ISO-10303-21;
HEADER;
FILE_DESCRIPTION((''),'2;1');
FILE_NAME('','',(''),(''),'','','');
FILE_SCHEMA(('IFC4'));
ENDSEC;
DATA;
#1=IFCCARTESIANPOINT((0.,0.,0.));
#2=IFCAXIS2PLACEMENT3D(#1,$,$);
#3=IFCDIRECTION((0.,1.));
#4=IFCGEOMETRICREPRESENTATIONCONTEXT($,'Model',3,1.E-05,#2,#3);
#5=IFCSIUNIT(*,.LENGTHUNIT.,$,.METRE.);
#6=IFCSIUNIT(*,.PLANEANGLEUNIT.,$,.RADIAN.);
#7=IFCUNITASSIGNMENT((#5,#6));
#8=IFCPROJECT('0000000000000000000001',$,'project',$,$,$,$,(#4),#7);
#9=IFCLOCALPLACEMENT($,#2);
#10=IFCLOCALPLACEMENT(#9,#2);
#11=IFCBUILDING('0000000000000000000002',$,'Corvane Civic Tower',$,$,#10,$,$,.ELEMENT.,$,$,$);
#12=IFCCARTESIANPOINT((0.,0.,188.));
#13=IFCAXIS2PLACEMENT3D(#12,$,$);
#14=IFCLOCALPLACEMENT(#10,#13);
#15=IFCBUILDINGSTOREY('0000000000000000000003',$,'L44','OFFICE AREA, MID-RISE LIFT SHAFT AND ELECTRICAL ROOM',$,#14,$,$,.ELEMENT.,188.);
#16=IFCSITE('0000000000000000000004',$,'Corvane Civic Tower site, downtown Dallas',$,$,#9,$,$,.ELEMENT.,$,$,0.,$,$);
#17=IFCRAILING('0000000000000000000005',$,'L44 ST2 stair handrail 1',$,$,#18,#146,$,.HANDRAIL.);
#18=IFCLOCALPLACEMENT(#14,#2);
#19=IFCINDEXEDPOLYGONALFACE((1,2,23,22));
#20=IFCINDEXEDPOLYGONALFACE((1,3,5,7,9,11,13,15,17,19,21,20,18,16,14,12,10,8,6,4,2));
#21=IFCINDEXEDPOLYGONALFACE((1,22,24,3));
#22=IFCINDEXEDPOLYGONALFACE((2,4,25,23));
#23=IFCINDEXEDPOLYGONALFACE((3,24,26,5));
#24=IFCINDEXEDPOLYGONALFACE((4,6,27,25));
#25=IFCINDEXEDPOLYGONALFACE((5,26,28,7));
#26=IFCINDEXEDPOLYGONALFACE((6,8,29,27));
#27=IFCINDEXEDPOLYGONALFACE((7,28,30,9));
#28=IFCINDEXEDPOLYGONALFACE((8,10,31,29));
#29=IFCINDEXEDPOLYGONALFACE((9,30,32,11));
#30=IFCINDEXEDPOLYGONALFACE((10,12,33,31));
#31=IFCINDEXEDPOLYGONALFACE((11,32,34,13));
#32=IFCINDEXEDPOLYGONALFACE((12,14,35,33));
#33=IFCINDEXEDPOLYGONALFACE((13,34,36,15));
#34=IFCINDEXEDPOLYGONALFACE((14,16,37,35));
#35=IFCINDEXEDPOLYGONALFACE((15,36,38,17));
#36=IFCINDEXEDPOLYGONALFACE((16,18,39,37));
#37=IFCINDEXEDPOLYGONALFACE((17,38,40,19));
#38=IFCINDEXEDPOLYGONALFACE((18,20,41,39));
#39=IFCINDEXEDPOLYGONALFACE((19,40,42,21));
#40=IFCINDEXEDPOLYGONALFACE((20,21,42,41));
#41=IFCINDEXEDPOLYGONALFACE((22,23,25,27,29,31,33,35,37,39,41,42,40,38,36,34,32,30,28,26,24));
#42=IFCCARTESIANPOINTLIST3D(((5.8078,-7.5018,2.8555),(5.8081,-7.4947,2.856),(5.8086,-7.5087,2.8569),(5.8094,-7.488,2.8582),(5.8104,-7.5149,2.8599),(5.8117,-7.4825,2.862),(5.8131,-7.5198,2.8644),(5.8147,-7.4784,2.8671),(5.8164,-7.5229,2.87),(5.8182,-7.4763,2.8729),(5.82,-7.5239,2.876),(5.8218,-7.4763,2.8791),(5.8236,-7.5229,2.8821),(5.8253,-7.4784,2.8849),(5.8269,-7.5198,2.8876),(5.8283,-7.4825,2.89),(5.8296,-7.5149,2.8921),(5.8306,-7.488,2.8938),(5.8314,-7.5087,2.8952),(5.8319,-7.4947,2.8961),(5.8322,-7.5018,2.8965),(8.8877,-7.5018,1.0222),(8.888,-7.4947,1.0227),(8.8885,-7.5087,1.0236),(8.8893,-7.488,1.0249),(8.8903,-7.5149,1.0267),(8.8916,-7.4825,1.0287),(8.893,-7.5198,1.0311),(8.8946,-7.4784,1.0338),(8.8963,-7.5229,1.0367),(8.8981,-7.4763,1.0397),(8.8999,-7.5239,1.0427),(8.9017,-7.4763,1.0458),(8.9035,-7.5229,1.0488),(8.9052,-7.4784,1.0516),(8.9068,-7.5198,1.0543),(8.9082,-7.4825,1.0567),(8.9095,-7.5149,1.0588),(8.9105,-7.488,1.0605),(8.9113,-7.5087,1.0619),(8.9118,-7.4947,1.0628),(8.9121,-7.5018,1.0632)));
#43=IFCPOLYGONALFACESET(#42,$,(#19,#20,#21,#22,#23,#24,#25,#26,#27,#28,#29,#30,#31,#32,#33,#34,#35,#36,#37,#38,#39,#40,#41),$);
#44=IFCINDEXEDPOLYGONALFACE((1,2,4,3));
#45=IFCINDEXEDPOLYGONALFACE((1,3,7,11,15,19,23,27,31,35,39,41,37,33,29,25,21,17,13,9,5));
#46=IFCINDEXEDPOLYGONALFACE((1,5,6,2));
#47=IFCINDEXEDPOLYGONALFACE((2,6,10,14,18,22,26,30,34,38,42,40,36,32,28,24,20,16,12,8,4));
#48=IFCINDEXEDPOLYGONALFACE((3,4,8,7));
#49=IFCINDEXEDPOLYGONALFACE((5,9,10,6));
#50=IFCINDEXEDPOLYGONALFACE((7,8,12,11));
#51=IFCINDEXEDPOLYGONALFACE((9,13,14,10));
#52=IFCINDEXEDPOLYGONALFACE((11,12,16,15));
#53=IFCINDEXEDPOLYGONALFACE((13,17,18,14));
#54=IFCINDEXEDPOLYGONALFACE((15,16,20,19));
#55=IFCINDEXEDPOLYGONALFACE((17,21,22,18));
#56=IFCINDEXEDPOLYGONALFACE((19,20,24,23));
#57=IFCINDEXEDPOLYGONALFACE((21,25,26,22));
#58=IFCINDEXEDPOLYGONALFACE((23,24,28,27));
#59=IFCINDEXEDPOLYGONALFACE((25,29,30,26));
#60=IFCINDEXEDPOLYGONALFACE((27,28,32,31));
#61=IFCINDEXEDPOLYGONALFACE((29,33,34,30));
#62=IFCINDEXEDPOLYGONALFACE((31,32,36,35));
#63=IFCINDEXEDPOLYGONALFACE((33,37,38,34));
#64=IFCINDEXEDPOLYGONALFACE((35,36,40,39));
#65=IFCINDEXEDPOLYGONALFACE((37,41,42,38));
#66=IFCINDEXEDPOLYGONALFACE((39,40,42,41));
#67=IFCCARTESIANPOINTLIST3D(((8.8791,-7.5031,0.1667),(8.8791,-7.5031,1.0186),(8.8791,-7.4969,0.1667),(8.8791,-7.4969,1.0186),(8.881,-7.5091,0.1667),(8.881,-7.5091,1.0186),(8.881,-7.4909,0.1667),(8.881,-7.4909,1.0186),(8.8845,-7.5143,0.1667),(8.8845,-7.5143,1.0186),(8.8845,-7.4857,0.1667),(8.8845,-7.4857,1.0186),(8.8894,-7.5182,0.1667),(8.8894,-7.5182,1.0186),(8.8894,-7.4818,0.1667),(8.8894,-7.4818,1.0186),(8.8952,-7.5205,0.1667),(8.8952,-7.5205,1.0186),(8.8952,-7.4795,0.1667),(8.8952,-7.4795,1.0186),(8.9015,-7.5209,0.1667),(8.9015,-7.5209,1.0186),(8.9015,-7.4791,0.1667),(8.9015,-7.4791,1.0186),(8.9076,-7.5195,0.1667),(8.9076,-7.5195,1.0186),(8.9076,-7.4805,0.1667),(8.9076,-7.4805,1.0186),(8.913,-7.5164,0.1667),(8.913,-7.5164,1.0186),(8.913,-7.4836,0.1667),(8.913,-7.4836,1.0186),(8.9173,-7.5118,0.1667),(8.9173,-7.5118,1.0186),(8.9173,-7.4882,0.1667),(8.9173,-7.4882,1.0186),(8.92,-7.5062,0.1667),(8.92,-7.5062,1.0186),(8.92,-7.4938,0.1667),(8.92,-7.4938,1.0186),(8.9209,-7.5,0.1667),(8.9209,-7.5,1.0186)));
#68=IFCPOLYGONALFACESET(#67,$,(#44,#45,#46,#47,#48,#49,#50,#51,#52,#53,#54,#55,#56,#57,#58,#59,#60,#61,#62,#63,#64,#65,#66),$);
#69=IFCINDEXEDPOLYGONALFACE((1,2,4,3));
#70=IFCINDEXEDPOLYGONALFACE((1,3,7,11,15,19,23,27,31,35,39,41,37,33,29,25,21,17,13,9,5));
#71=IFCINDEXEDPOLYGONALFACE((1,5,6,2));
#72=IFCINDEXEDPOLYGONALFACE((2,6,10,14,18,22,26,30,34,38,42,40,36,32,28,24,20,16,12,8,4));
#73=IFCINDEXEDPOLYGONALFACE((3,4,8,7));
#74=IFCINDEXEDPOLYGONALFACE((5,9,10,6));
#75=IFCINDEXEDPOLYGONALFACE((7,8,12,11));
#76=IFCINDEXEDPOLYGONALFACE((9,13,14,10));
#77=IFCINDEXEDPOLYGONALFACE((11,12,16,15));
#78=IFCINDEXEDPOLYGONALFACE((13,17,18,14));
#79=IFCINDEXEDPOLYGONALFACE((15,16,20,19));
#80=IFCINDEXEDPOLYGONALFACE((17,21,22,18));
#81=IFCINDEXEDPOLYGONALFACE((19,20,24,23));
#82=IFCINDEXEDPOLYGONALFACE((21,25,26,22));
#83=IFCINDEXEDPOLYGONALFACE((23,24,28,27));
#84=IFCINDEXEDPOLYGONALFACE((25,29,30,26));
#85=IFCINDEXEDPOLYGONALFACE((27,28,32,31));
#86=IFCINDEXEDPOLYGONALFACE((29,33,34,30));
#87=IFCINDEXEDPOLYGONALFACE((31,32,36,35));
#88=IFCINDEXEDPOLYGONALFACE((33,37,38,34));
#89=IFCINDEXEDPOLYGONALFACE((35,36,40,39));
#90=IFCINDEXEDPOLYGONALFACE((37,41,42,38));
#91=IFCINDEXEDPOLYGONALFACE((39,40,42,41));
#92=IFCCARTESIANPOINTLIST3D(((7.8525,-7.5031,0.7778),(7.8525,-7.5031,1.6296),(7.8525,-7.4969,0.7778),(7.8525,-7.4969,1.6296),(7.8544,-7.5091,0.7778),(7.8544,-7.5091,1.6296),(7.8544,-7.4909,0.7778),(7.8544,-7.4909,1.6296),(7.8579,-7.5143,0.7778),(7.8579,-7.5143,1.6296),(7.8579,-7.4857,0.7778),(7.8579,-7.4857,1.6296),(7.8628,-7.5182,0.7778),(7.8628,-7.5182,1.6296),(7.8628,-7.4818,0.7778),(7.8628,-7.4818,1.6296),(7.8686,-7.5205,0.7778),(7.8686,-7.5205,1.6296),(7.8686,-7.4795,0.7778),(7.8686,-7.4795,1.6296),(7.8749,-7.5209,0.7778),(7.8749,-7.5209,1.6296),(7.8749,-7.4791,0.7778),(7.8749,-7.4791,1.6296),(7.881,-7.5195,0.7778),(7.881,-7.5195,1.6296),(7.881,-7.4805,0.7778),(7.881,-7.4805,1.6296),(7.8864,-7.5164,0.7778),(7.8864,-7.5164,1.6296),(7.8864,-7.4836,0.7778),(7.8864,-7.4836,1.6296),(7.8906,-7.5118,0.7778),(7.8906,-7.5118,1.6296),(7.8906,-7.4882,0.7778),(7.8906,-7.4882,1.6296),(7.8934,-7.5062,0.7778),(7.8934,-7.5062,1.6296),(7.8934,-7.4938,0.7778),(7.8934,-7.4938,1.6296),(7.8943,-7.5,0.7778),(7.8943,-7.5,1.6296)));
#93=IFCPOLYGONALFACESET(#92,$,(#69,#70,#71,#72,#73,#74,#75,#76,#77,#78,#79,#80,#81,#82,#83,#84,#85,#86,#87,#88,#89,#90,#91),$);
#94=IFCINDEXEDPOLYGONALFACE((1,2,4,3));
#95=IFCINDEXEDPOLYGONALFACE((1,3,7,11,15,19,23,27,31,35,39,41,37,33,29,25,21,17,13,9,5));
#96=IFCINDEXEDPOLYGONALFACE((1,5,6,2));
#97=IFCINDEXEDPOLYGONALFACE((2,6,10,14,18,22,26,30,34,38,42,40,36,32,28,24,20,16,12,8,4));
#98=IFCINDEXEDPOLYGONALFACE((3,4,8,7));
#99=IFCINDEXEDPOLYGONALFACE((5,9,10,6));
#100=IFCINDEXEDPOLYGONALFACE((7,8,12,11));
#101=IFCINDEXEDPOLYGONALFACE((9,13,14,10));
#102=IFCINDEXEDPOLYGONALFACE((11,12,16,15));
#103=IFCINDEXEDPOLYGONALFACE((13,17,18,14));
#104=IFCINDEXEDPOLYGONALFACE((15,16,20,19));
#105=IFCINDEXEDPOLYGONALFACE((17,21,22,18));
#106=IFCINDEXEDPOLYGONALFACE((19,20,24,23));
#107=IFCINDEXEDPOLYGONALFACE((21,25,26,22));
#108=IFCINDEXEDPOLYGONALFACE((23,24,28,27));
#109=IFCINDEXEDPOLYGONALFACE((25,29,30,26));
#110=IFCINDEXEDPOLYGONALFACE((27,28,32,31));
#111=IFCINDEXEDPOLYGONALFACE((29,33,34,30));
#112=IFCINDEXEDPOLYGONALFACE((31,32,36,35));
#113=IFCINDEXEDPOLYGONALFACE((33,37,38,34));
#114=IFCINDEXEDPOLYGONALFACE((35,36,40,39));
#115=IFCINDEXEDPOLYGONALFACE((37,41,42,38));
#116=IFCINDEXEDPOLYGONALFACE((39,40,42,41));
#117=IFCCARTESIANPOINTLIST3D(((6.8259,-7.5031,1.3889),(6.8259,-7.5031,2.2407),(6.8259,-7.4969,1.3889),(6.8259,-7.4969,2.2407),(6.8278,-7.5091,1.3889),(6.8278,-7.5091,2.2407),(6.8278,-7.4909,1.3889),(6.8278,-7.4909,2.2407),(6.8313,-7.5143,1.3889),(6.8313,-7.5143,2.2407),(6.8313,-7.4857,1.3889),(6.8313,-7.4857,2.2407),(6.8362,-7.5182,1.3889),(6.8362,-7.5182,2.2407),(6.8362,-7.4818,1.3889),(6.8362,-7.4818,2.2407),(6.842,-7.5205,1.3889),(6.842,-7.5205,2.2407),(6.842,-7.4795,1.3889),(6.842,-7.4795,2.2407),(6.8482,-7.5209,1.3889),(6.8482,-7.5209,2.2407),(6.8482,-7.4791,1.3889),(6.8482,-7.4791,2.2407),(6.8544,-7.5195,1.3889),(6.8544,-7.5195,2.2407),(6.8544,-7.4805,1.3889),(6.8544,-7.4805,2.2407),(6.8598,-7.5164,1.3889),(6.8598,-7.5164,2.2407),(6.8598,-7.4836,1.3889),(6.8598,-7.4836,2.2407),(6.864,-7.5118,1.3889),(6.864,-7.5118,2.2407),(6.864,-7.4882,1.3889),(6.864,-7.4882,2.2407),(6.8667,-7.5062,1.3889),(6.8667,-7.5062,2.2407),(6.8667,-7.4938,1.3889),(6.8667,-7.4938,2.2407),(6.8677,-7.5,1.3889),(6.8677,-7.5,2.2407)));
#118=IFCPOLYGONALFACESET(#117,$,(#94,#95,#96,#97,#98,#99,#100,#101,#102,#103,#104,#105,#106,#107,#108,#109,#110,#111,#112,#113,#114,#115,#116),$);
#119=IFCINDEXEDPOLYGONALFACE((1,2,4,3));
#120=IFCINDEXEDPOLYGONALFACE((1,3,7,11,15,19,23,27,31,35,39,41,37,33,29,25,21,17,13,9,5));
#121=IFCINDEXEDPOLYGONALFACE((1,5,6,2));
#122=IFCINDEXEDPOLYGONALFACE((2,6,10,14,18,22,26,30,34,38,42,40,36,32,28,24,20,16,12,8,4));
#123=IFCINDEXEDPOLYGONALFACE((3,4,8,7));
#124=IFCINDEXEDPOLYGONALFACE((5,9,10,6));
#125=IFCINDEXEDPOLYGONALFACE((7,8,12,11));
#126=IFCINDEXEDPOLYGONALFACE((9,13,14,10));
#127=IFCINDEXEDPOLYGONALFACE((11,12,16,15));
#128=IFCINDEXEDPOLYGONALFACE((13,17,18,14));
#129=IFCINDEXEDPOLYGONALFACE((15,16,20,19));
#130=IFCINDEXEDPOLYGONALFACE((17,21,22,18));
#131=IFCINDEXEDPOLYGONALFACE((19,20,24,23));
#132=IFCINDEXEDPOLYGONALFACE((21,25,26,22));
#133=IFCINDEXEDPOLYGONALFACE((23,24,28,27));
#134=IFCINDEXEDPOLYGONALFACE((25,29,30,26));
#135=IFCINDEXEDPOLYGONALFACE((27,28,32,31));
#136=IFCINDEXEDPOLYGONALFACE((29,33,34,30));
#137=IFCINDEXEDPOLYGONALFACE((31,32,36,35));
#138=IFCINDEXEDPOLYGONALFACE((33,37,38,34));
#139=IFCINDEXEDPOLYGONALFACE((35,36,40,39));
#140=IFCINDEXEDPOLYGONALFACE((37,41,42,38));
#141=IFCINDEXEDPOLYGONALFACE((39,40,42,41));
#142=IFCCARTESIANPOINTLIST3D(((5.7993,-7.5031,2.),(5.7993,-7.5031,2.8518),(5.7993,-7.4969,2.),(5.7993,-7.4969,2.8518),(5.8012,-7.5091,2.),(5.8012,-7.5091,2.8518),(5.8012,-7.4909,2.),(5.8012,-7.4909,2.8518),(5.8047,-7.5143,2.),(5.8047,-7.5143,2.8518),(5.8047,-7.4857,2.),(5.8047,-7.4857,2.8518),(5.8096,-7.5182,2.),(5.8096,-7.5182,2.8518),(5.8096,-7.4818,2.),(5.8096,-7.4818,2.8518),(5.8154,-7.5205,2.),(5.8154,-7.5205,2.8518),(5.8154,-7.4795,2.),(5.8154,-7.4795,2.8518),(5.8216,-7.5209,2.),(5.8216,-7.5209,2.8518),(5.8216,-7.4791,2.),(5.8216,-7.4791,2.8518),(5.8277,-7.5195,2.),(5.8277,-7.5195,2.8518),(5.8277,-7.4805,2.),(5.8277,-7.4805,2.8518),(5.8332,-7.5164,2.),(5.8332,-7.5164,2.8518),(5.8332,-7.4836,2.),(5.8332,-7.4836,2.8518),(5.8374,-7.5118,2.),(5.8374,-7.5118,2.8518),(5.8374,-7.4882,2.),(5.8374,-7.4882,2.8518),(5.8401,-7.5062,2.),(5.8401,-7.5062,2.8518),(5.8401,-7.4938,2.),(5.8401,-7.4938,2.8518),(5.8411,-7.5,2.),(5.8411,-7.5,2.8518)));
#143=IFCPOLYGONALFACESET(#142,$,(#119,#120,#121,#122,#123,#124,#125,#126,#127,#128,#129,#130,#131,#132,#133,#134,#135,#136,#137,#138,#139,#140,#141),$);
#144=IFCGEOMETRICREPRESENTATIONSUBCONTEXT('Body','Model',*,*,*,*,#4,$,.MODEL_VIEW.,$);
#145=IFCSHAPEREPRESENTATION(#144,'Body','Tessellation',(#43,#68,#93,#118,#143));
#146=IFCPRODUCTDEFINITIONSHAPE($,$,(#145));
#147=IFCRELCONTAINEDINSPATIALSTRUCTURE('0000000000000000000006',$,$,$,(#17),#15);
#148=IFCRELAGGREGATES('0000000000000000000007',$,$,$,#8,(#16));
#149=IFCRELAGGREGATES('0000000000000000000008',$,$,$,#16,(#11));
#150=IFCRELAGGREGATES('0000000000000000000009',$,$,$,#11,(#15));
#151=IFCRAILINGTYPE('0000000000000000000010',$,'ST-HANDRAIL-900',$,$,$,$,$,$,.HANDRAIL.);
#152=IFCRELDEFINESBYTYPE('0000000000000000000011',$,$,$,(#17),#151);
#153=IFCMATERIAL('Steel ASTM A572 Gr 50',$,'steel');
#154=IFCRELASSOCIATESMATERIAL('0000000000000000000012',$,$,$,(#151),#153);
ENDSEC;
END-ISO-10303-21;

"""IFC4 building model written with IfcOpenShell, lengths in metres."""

from ifc_helpers import new_model, si_unit, direction, frame, origin, origin_2d, place, context, subcontext, project, spatial, circle, extrude, material, type_object, element, save


model = new_model("IFC4")

# Units and contexts
model_context = context("Model", 3, precision=1e-05, world=origin(), true_north=direction((0.0, 1.0)))
body_context = subcontext(model_context, "Body", "Model", "MODEL_VIEW")
ifc_project = project(units=[si_unit("LENGTHUNIT", "METRE"), si_unit("PLANEANGLEUNIT", "RADIAN")], contexts=[model_context])

# Site, building, storey
site_placement = place(None, origin())
site = spatial("IfcSite", under=ifc_project, at=site_placement, Name="Corvane Civic Tower site, downtown Dallas", CompositionType="ELEMENT", RefElevation=0.0)
building_placement = place(site_placement, origin())
building = spatial("IfcBuilding", under=site, at=building_placement, Name="Corvane Civic Tower", CompositionType="ELEMENT")
storey_placement = place(building_placement, frame((0.0, 0.0, 188.0)))
storey = spatial("IfcBuildingStorey", under=building, at=storey_placement, Name="L44", Description="OFFICE AREA, MID-RISE LIFT SHAFT AND ELECTRICAL ROOM", CompositionType="ELEMENT", Elevation=188.0)

# Railing
ifc_material_1 = material(Name="Steel ASTM A572 Gr 50", Category="steel")
railing_type_1 = type_object("IfcRailingType", Name="ST-HANDRAIL-900", PredefinedType="HANDRAIL", material=ifc_material_1)
railing_1_placement = place(storey_placement, frame((8.8999, -7.5, 0.1667)))
element("IfcRailing", 1, at=railing_1_placement, inside=storey, type_object=railing_type_1, Name="L44 ST2 stair handrail 1", PredefinedType="HANDRAIL", context=body_context, shape_type="SweptSolid", body=[
    extrude(circle(Radius=0.0239, at=origin_2d()), frame((0.0, 0.0, 0.876), z_axis=(-0.859291, 0.0, 0.511487), x_axis=(0.0, -1.0, 0.0)), (0.0, 0.0, 1.0), 3.5842),
    extrude(circle(Radius=0.021, at=origin_2d()), origin(), (0.0, 0.0, 1.0), 0.8518),
    extrude(circle(Radius=0.021, at=origin_2d()), frame((-1.0266, 0.0, 0.6111)), (0.0, 0.0, 1.0), 0.8518),
    extrude(circle(Radius=0.021, at=origin_2d()), frame((-2.0532, 0.0, 1.2222)), (0.0, 0.0, 1.0), 0.8518),
    extrude(circle(Radius=0.021, at=origin_2d()), frame((-3.0798, 0.0, 1.8333)), (0.0, 0.0, 1.0), 0.8518),
])

save(model, "model.ifc")
